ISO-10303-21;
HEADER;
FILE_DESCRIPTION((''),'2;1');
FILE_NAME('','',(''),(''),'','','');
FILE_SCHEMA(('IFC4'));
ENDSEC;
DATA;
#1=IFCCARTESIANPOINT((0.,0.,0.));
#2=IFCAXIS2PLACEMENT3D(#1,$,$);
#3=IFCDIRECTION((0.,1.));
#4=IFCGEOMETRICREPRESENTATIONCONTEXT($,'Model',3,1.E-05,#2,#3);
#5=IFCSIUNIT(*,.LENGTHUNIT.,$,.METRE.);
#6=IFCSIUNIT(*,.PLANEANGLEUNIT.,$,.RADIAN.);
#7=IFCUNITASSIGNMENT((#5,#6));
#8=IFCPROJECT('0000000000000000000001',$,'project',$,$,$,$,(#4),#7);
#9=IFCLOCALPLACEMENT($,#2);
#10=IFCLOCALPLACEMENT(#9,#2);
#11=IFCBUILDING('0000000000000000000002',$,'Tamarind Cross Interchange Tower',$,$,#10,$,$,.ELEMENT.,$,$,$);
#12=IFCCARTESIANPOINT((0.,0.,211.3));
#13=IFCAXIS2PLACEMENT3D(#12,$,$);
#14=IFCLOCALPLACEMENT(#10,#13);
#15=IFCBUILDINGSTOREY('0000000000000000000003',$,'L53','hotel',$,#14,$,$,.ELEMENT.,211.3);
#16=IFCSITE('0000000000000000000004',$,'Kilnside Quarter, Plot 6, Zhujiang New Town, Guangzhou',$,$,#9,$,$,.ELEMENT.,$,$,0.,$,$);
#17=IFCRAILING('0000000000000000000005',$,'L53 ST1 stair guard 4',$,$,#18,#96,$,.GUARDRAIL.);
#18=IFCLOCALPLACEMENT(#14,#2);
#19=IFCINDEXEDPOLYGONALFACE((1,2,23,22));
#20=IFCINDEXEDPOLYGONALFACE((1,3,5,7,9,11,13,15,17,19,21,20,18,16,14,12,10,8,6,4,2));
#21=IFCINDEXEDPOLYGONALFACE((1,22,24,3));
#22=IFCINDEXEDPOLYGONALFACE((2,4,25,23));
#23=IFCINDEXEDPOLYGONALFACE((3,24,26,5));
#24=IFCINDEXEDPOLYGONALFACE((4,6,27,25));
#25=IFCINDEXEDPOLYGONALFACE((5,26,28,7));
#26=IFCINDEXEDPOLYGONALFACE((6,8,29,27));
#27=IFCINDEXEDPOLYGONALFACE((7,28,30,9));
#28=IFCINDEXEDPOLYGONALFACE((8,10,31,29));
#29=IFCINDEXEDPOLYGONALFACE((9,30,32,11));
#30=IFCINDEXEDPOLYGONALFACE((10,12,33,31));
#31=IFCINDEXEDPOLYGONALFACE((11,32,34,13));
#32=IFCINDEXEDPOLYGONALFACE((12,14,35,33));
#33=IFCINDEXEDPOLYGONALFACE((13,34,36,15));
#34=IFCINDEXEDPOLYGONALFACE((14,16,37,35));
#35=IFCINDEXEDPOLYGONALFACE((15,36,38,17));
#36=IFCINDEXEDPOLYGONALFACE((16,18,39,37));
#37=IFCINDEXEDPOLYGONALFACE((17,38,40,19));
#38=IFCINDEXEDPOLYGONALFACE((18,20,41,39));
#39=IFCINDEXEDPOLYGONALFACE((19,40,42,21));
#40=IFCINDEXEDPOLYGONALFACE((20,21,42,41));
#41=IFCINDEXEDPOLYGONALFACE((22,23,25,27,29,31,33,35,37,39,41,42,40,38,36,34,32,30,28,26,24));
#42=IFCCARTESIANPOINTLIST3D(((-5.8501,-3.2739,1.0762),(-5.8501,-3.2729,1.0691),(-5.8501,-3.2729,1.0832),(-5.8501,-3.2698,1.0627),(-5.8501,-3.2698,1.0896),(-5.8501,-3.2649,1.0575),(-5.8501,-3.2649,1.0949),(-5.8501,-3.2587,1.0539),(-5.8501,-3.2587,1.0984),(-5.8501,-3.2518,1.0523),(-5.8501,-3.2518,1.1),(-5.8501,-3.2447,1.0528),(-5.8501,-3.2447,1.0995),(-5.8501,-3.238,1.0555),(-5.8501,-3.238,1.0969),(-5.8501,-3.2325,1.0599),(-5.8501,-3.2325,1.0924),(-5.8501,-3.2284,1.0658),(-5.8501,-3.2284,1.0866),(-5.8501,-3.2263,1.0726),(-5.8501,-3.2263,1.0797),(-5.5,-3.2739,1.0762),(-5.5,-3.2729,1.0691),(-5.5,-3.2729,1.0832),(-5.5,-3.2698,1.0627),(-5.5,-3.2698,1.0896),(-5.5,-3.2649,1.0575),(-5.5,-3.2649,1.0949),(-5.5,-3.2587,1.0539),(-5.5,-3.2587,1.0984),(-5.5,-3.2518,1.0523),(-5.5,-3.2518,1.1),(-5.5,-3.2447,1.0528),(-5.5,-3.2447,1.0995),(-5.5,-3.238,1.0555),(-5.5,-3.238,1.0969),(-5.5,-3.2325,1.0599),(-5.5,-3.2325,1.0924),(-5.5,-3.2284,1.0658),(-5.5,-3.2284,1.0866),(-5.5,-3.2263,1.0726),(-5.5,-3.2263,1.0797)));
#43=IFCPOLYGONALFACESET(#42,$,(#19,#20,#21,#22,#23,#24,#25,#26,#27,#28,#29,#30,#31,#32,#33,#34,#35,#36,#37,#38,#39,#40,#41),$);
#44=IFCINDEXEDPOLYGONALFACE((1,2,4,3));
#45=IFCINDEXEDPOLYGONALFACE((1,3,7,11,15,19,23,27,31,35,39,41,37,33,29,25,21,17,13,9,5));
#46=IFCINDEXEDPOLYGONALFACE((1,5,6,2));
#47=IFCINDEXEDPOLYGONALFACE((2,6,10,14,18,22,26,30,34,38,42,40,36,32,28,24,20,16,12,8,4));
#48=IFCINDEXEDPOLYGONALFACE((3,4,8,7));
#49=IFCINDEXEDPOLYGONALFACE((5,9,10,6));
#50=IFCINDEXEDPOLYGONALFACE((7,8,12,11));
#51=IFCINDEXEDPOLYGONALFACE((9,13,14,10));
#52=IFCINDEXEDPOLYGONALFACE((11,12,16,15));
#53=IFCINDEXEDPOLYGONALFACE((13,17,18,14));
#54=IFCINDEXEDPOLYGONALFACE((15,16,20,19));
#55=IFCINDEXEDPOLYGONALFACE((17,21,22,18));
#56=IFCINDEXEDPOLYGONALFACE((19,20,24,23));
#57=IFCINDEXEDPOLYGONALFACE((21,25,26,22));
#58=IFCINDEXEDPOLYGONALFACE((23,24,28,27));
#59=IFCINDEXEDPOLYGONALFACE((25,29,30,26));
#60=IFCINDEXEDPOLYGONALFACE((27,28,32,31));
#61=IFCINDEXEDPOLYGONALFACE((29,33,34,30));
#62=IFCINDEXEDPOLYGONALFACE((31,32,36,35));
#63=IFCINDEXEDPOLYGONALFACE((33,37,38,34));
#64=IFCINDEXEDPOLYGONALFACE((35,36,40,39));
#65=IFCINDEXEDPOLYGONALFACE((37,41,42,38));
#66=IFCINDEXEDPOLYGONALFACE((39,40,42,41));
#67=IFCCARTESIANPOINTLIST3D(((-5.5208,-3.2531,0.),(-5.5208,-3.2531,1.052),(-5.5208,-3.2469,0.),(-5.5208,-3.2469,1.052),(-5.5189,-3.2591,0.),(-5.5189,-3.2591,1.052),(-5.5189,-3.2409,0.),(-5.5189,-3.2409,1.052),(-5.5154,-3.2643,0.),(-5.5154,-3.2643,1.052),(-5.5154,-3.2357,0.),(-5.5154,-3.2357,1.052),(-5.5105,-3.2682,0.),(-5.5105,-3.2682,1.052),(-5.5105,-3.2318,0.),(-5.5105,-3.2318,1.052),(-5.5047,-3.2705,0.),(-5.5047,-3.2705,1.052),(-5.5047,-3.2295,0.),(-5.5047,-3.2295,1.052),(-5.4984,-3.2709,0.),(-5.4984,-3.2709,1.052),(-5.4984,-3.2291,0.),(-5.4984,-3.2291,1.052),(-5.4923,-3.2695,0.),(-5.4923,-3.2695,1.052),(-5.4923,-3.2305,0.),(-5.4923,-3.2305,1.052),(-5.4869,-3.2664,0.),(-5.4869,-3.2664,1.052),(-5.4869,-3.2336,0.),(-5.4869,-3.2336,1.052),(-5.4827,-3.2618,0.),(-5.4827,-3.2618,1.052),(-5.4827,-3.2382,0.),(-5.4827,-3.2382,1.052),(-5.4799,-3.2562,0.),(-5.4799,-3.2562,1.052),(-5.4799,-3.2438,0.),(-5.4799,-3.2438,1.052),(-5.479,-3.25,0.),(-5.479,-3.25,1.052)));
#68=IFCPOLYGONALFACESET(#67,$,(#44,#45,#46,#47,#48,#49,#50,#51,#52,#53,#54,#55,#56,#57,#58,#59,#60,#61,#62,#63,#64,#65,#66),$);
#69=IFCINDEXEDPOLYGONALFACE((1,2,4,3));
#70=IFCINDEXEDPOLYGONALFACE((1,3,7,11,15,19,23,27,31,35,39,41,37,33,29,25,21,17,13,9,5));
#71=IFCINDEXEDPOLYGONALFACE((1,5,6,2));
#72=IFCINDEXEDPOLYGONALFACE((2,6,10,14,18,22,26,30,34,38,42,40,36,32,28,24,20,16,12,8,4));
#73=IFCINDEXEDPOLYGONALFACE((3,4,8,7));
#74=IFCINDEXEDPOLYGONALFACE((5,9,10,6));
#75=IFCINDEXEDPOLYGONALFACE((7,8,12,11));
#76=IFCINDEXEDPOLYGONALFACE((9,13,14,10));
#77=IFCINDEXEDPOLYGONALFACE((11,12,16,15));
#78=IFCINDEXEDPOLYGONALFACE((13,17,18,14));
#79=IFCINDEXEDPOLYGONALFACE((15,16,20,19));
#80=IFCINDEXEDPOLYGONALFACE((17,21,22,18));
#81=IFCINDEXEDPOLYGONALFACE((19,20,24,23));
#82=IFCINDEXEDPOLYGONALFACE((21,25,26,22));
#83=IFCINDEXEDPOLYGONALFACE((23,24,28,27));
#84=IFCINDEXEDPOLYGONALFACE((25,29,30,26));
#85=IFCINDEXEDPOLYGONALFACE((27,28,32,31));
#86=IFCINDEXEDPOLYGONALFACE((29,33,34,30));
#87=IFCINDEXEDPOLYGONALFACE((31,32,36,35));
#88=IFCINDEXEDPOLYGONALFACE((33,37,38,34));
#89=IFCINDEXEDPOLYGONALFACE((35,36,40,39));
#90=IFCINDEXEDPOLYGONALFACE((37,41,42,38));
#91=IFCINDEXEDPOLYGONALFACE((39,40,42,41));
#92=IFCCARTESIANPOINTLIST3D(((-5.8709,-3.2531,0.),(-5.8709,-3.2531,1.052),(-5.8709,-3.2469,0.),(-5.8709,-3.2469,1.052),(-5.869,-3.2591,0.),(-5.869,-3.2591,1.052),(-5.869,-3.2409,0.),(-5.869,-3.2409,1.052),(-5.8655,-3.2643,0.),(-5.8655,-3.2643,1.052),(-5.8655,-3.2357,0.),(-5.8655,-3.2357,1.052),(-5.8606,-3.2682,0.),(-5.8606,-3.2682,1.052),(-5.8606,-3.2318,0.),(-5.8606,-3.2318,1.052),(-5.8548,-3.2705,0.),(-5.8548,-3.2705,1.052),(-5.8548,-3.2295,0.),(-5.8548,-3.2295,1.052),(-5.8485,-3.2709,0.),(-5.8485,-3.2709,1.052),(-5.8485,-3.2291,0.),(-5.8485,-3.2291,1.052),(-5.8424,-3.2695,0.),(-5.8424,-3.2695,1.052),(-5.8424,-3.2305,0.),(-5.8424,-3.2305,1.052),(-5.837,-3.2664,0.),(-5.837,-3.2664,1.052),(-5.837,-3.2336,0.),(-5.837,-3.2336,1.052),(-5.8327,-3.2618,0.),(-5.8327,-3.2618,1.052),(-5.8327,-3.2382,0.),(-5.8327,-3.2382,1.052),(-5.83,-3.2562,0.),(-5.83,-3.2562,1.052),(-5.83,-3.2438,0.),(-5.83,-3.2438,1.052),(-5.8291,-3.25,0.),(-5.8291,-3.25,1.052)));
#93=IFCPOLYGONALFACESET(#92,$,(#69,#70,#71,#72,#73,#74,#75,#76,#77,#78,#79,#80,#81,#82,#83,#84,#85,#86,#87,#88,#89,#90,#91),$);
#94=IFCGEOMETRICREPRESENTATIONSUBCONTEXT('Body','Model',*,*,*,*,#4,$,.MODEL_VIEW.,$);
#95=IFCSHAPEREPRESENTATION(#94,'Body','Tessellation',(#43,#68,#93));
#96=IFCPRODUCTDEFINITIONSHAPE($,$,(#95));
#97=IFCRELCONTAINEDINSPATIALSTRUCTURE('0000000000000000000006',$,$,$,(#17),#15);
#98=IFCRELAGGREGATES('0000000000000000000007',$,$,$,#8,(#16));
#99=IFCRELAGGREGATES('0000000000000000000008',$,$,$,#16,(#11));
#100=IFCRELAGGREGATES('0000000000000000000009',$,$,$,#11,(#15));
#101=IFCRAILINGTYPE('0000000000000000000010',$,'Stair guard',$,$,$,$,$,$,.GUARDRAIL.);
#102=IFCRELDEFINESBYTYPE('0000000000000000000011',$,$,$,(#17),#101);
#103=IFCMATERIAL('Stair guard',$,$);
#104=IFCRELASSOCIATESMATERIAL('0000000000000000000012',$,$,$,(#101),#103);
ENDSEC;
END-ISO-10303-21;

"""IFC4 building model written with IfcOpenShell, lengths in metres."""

from ifc_helpers import new_model, si_unit, direction, frame, origin, origin_2d, place, context, subcontext, project, spatial, circle, extrude, material, type_object, element, save


model = new_model("IFC4")

# Units and contexts
model_context = context("Model", 3, precision=1e-05, world=origin(), true_north=direction((0.0, 1.0)))
body_context = subcontext(model_context, "Body", "Model", "MODEL_VIEW")
ifc_project = project(units=[si_unit("LENGTHUNIT", "METRE"), si_unit("PLANEANGLEUNIT", "RADIAN")], contexts=[model_context])

# Site, building, storey
site_placement = place(None, origin())
site = spatial("IfcSite", under=ifc_project, at=site_placement, Name="Kilnside Quarter, Plot 6, Zhujiang New Town, Guangzhou", CompositionType="ELEMENT", RefElevation=0.0)
building_placement = place(site_placement, origin())
building = spatial("IfcBuilding", under=site, at=building_placement, Name="Tamarind Cross Interchange Tower", CompositionType="ELEMENT")
storey_placement = place(building_placement, frame((0.0, 0.0, 211.3)))
storey = spatial("IfcBuildingStorey", under=building, at=storey_placement, Name="L53", Description="hotel", CompositionType="ELEMENT", Elevation=211.3)

# Railing
ifc_material_1 = material(Name="Stair guard")
railing_type_1 = type_object("IfcRailingType", Name="Stair guard", PredefinedType="GUARDRAIL", material=ifc_material_1)
railing_1_placement = place(storey_placement, frame((-5.5, -3.25, 0.0)))
element("IfcRailing", 1, at=railing_1_placement, inside=storey, type_object=railing_type_1, Name="L53 ST1 stair guard 4", PredefinedType="GUARDRAIL", context=body_context, shape_type="SweptSolid", body=[
    extrude(circle(Radius=0.0239, at=origin_2d()), frame((0.0, 0.0, 1.0762), z_axis=(-1.0, 0.0, 0.0), x_axis=(0.0, -1.0, 0.0)), (0.0, 0.0, 1.0), 0.3501),
    extrude(circle(Radius=0.021, at=origin_2d()), origin(), (0.0, 0.0, 1.0), 1.052),
    extrude(circle(Radius=0.021, at=origin_2d()), frame((-0.3501, 0.0, 0.0)), (0.0, 0.0, 1.0), 1.052),
])

save(model, "model.ifc")
